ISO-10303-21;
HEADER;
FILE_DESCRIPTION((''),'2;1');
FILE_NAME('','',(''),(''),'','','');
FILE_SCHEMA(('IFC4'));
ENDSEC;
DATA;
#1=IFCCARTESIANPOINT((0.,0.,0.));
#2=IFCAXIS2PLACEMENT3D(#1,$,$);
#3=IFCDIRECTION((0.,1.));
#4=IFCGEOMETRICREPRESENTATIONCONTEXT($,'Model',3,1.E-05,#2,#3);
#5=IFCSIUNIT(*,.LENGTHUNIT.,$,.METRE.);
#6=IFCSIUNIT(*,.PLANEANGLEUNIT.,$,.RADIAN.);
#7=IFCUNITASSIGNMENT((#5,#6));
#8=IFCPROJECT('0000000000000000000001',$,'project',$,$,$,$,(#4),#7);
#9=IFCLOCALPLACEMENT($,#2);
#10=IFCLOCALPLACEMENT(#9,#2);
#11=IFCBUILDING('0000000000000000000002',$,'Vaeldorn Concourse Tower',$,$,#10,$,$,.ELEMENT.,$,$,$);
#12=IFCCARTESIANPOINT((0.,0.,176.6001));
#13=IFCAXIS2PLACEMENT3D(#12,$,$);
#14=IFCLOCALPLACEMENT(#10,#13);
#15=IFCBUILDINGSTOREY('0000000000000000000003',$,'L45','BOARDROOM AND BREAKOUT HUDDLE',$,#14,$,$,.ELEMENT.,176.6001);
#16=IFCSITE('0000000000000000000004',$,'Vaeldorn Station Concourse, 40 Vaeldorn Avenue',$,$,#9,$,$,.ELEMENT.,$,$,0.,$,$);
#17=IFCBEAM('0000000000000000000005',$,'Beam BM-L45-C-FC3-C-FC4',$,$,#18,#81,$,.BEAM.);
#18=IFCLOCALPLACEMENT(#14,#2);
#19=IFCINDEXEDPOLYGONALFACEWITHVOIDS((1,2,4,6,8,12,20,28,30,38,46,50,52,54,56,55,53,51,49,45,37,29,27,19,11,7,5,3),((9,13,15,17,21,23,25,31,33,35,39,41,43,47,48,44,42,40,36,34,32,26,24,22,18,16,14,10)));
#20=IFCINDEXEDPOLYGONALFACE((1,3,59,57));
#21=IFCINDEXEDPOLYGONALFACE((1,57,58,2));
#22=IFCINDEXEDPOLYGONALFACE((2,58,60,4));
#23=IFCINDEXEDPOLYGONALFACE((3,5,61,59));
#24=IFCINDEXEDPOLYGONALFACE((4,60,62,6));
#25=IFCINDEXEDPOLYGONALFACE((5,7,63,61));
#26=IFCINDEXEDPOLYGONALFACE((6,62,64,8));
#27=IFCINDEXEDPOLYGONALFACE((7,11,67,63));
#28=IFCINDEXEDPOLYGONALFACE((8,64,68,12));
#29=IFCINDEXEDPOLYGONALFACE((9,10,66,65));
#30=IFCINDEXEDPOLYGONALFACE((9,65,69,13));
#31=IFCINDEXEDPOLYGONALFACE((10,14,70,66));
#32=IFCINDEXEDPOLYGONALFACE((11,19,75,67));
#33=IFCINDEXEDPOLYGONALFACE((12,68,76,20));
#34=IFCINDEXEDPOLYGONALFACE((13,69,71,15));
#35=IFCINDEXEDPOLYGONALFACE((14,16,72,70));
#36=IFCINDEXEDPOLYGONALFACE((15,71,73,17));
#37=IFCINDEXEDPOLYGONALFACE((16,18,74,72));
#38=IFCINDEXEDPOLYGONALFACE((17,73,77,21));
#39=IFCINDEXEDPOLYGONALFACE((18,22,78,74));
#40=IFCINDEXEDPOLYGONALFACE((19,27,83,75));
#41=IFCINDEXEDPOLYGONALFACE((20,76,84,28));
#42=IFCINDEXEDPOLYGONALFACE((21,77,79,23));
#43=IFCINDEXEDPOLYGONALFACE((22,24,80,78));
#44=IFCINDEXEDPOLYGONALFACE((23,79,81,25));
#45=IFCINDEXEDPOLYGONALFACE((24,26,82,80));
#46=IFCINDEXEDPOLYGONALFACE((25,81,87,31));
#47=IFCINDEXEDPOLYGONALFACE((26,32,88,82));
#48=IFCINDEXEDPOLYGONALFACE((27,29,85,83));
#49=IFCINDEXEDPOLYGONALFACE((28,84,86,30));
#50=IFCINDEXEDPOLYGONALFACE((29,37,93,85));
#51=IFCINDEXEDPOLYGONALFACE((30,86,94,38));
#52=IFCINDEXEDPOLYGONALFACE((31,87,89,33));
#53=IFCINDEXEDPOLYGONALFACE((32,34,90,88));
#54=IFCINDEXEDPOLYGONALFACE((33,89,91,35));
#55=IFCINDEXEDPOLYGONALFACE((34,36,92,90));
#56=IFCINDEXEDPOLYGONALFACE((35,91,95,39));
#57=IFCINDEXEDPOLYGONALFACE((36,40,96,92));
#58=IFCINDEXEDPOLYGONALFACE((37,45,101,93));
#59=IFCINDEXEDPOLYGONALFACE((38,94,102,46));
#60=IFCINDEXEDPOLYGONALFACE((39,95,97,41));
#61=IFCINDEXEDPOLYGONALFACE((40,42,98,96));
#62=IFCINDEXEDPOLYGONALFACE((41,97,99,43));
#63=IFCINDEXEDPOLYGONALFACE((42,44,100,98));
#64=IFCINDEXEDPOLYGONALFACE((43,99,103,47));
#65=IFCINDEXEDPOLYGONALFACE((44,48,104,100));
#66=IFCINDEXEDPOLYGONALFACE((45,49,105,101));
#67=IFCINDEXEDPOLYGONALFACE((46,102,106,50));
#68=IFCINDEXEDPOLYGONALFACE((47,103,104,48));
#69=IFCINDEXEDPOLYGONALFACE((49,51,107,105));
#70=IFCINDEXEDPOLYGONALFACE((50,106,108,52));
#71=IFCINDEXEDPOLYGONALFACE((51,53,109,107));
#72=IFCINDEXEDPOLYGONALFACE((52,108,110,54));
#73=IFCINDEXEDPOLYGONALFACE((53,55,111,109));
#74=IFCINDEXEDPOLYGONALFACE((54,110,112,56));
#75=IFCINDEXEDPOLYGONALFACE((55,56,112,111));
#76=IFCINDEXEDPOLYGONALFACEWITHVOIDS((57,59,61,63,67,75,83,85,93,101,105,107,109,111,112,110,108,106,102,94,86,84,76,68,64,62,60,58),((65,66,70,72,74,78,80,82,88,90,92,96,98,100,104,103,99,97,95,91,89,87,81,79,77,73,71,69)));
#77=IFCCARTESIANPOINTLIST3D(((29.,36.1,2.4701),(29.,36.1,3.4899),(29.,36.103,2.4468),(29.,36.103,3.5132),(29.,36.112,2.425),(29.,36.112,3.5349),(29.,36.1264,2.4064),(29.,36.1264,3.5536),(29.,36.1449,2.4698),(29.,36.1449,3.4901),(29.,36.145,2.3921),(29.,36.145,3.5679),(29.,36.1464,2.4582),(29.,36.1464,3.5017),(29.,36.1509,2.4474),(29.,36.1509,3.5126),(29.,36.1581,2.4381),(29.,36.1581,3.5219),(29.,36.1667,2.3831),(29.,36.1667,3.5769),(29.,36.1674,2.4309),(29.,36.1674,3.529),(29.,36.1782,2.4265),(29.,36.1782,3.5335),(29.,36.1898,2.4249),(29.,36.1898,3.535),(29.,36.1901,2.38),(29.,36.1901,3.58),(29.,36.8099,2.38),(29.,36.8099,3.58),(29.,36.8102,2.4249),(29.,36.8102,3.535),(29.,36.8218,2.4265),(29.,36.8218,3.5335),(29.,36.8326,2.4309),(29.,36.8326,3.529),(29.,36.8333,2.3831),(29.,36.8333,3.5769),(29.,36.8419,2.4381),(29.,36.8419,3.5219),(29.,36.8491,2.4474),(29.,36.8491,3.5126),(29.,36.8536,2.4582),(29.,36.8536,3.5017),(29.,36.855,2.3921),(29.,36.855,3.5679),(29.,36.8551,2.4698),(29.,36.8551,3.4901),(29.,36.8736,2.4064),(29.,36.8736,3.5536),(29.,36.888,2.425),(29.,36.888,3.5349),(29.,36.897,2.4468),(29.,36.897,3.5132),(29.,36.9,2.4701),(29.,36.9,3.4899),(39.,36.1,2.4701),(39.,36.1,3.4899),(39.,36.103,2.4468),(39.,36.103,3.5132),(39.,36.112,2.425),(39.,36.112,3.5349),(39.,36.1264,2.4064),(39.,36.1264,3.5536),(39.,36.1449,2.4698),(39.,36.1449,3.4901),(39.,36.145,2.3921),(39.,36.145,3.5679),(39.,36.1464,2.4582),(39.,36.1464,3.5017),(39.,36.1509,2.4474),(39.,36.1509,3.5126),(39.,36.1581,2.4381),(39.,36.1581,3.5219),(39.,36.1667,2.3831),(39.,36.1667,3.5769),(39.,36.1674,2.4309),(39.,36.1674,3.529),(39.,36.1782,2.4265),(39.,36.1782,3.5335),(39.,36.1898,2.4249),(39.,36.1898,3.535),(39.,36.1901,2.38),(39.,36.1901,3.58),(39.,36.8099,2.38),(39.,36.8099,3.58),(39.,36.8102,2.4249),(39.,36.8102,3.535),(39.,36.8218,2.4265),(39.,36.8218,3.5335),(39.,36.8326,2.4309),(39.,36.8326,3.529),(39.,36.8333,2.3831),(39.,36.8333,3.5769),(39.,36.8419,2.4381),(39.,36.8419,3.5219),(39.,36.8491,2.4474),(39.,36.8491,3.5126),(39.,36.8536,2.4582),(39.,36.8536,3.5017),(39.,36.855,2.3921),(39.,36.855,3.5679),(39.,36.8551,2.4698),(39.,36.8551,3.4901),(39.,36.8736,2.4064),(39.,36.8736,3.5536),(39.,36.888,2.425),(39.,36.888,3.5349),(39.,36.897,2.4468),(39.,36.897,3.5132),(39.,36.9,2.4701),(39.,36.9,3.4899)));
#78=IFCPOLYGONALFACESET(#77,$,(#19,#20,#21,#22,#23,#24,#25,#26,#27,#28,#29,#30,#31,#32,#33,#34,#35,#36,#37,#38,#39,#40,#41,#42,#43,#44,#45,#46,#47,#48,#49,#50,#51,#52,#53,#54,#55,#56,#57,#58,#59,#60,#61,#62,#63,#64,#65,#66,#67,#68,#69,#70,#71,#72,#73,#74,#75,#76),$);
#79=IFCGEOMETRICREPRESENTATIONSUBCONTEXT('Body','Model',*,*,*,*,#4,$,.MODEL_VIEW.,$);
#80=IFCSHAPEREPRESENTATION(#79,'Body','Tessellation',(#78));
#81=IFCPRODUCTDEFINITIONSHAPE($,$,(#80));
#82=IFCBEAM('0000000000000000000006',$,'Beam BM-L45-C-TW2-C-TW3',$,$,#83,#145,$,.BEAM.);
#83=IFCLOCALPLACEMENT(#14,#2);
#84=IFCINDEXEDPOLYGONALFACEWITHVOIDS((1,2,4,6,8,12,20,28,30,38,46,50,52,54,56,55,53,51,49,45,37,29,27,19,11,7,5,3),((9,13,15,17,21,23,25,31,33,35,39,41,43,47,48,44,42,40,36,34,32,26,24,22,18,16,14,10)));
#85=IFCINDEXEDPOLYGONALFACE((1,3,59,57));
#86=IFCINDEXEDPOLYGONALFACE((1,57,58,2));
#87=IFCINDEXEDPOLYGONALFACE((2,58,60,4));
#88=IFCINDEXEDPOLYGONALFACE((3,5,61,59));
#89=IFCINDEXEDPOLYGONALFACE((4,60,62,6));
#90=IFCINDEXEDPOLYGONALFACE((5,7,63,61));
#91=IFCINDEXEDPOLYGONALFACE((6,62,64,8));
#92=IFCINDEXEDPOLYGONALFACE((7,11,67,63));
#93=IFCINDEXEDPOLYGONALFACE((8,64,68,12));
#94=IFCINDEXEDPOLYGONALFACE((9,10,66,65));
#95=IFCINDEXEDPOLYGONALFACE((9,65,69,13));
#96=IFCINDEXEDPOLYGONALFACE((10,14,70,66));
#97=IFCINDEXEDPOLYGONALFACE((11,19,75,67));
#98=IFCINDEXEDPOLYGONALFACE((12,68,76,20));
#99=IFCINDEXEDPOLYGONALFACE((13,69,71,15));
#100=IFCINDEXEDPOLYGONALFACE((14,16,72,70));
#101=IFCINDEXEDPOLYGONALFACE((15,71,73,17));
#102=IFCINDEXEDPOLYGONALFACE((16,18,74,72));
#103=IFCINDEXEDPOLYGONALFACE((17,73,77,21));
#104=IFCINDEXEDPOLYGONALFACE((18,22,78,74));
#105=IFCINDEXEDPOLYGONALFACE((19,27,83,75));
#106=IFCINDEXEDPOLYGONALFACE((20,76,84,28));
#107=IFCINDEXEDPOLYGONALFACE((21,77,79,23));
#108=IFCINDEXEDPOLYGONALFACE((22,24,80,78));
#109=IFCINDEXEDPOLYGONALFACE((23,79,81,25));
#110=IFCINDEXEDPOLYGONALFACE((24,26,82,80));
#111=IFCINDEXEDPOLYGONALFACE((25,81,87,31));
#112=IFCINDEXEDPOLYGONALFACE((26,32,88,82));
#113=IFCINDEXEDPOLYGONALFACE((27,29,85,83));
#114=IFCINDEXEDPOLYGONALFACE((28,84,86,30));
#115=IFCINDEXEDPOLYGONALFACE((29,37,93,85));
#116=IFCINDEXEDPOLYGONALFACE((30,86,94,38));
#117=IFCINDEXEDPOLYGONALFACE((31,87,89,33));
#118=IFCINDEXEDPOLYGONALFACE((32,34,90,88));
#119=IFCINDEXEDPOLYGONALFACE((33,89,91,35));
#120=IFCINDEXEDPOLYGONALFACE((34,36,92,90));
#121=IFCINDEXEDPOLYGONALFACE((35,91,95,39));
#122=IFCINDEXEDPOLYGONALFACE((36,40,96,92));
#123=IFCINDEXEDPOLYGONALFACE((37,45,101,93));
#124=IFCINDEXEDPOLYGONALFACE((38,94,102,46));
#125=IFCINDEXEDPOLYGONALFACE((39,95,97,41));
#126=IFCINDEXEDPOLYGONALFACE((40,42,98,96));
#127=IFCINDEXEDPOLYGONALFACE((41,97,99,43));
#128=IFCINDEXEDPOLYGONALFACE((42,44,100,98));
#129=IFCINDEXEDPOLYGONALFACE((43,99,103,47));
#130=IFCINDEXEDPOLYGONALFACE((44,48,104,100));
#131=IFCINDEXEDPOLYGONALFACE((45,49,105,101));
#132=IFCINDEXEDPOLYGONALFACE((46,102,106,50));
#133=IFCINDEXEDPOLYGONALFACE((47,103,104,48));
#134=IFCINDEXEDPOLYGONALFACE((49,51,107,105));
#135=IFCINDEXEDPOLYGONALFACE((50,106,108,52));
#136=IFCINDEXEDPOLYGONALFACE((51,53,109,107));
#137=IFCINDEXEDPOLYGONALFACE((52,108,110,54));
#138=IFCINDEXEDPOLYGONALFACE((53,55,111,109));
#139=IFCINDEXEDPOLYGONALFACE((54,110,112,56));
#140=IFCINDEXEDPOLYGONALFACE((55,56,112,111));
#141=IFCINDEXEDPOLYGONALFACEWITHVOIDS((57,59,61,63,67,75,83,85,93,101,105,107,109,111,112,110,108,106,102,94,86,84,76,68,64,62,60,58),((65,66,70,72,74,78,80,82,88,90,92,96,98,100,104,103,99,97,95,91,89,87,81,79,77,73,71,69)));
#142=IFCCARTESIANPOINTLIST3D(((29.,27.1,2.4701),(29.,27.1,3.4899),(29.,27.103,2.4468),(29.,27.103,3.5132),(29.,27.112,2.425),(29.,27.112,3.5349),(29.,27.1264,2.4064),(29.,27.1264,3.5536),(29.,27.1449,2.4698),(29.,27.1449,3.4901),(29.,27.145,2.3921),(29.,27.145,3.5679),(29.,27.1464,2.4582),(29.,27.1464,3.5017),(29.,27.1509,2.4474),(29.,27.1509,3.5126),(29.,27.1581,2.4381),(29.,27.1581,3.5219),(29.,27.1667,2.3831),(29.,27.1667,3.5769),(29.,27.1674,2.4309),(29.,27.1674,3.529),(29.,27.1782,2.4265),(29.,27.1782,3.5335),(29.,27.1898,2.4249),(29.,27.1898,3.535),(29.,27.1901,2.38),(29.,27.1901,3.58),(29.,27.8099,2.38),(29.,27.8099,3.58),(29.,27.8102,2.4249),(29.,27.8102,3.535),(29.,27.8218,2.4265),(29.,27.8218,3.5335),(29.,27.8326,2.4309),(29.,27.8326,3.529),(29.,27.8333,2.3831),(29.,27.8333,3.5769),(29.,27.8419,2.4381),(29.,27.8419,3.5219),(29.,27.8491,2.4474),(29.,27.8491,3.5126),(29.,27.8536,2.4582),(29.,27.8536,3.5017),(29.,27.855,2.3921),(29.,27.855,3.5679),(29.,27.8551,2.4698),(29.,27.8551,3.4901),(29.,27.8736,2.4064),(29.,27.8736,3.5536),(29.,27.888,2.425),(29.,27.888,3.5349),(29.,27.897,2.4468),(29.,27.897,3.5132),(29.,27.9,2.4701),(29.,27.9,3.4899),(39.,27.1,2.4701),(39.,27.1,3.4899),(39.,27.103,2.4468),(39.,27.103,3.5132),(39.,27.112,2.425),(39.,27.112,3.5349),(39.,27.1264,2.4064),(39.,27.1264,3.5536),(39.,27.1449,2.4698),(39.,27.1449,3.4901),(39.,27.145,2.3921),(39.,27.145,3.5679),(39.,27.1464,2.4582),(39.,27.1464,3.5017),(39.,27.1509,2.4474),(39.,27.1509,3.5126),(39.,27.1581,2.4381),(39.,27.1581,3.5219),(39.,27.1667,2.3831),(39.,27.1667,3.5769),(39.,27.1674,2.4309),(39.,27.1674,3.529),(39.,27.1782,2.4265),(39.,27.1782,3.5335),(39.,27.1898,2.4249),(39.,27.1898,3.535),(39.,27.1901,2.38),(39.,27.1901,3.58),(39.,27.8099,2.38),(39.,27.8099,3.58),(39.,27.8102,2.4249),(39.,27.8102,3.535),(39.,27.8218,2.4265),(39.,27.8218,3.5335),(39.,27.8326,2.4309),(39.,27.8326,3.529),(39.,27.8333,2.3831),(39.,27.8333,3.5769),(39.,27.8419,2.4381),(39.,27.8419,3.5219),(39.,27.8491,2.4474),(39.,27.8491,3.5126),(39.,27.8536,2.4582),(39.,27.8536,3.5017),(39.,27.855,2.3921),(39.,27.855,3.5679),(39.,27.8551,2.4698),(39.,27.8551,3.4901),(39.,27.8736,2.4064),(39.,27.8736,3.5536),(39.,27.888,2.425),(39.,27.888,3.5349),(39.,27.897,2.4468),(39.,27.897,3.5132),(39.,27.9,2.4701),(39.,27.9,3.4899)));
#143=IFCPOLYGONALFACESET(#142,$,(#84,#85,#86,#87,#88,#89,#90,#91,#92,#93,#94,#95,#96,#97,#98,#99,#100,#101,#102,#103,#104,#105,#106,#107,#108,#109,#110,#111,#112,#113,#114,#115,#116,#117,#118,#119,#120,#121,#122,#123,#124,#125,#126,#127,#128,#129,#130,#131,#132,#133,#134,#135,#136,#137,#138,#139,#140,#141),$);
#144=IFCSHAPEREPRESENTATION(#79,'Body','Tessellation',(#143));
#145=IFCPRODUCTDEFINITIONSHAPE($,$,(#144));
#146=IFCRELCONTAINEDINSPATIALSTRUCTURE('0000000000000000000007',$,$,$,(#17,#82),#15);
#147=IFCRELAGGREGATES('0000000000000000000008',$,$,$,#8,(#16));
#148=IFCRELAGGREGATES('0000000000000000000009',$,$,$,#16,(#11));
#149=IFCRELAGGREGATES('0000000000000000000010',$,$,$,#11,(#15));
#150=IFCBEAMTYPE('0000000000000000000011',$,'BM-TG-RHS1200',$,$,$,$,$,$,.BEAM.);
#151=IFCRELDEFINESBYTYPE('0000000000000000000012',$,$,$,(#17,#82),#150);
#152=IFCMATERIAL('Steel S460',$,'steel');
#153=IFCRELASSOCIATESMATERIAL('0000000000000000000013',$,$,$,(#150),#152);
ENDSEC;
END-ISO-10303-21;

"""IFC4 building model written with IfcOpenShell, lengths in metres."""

from ifc_helpers import new_model, si_unit, direction, frame, origin, origin_2d, place, context, subcontext, project, spatial, hollow_rectangle, extrude, source, transform, mapped, material, material_profile, profile_set, type_object, element, save


model = new_model("IFC4")

# Units and contexts
model_context = context("Model", 3, precision=1e-05, world=origin(), true_north=direction((0.0, 1.0)))
body_context = subcontext(model_context, "Body", "Model", "MODEL_VIEW")
ifc_project = project(units=[si_unit("LENGTHUNIT", "METRE"), si_unit("PLANEANGLEUNIT", "RADIAN")], contexts=[model_context])

# Site, building, storey
site_placement = place(None, origin())
site = spatial("IfcSite", under=ifc_project, at=site_placement, Name="Vaeldorn Station Concourse, 40 Vaeldorn Avenue", CompositionType="ELEMENT", RefElevation=0.0)
building_placement = place(site_placement, origin())
building = spatial("IfcBuilding", under=site, at=building_placement, Name="Vaeldorn Concourse Tower", CompositionType="ELEMENT")
storey_placement = place(building_placement, frame((0.0, 0.0, 176.6001)))
storey = spatial("IfcBuildingStorey", under=building, at=storey_placement, Name="L45", Description="BOARDROOM AND BREAKOUT HUDDLE", CompositionType="ELEMENT", Elevation=176.6001)

# Shared definitions
ifc_material_1 = material(Name="Steel S460", Category="steel")

# Beams
ifc_material_profile_1 = material_profile(ifc_material_1, hollow_rectangle(XDim=0.8, YDim=1.2, WallThickness=0.0449, InnerFilletRadius=0.0449, OuterFilletRadius=0.0901, at=origin_2d()), Name="RHS 1200x800x45")
ifc_profile_set_1 = profile_set([ifc_material_profile_1], Name="Steel S460")
beam_type_1 = type_object("IfcBeamType", Name="BM-TG-RHS1200", PredefinedType="BEAM", material=ifc_profile_set_1)
shared_shape_1 = source(origin(), body_context, "Body", "SweptSolid", [
    extrude(hollow_rectangle(XDim=0.8, YDim=1.2, WallThickness=0.0449, InnerFilletRadius=0.0449, OuterFilletRadius=0.0901, at=origin_2d()), origin(), (0.0, 0.0, 1.0), 10.0),
])
for number, where, z_axis, x_axis, name in (
    (1, (29.0, 36.5, 2.98), (1.0, 0.0, 0.0), (0.0, 1.0, 0.0), "Beam BM-L45-C-FC3-C-FC4"),
    (2, (29.0, 27.5, 2.98), (1.0, 0.0, 0.0), (0.0, 1.0, 0.0), "Beam BM-L45-C-TW2-C-TW3"),
):
    element("IfcBeam", number, at=place(storey_placement, frame(where, z_axis=z_axis, x_axis=x_axis)), inside=storey, type_object=beam_type_1, Name=name, PredefinedType="BEAM", context=body_context, shape_type="MappedRepresentation", body=[
        mapped(shared_shape_1, transform((0.0, 0.0, 0.0), scale=1.0)),
    ])

save(model, "model.ifc")
